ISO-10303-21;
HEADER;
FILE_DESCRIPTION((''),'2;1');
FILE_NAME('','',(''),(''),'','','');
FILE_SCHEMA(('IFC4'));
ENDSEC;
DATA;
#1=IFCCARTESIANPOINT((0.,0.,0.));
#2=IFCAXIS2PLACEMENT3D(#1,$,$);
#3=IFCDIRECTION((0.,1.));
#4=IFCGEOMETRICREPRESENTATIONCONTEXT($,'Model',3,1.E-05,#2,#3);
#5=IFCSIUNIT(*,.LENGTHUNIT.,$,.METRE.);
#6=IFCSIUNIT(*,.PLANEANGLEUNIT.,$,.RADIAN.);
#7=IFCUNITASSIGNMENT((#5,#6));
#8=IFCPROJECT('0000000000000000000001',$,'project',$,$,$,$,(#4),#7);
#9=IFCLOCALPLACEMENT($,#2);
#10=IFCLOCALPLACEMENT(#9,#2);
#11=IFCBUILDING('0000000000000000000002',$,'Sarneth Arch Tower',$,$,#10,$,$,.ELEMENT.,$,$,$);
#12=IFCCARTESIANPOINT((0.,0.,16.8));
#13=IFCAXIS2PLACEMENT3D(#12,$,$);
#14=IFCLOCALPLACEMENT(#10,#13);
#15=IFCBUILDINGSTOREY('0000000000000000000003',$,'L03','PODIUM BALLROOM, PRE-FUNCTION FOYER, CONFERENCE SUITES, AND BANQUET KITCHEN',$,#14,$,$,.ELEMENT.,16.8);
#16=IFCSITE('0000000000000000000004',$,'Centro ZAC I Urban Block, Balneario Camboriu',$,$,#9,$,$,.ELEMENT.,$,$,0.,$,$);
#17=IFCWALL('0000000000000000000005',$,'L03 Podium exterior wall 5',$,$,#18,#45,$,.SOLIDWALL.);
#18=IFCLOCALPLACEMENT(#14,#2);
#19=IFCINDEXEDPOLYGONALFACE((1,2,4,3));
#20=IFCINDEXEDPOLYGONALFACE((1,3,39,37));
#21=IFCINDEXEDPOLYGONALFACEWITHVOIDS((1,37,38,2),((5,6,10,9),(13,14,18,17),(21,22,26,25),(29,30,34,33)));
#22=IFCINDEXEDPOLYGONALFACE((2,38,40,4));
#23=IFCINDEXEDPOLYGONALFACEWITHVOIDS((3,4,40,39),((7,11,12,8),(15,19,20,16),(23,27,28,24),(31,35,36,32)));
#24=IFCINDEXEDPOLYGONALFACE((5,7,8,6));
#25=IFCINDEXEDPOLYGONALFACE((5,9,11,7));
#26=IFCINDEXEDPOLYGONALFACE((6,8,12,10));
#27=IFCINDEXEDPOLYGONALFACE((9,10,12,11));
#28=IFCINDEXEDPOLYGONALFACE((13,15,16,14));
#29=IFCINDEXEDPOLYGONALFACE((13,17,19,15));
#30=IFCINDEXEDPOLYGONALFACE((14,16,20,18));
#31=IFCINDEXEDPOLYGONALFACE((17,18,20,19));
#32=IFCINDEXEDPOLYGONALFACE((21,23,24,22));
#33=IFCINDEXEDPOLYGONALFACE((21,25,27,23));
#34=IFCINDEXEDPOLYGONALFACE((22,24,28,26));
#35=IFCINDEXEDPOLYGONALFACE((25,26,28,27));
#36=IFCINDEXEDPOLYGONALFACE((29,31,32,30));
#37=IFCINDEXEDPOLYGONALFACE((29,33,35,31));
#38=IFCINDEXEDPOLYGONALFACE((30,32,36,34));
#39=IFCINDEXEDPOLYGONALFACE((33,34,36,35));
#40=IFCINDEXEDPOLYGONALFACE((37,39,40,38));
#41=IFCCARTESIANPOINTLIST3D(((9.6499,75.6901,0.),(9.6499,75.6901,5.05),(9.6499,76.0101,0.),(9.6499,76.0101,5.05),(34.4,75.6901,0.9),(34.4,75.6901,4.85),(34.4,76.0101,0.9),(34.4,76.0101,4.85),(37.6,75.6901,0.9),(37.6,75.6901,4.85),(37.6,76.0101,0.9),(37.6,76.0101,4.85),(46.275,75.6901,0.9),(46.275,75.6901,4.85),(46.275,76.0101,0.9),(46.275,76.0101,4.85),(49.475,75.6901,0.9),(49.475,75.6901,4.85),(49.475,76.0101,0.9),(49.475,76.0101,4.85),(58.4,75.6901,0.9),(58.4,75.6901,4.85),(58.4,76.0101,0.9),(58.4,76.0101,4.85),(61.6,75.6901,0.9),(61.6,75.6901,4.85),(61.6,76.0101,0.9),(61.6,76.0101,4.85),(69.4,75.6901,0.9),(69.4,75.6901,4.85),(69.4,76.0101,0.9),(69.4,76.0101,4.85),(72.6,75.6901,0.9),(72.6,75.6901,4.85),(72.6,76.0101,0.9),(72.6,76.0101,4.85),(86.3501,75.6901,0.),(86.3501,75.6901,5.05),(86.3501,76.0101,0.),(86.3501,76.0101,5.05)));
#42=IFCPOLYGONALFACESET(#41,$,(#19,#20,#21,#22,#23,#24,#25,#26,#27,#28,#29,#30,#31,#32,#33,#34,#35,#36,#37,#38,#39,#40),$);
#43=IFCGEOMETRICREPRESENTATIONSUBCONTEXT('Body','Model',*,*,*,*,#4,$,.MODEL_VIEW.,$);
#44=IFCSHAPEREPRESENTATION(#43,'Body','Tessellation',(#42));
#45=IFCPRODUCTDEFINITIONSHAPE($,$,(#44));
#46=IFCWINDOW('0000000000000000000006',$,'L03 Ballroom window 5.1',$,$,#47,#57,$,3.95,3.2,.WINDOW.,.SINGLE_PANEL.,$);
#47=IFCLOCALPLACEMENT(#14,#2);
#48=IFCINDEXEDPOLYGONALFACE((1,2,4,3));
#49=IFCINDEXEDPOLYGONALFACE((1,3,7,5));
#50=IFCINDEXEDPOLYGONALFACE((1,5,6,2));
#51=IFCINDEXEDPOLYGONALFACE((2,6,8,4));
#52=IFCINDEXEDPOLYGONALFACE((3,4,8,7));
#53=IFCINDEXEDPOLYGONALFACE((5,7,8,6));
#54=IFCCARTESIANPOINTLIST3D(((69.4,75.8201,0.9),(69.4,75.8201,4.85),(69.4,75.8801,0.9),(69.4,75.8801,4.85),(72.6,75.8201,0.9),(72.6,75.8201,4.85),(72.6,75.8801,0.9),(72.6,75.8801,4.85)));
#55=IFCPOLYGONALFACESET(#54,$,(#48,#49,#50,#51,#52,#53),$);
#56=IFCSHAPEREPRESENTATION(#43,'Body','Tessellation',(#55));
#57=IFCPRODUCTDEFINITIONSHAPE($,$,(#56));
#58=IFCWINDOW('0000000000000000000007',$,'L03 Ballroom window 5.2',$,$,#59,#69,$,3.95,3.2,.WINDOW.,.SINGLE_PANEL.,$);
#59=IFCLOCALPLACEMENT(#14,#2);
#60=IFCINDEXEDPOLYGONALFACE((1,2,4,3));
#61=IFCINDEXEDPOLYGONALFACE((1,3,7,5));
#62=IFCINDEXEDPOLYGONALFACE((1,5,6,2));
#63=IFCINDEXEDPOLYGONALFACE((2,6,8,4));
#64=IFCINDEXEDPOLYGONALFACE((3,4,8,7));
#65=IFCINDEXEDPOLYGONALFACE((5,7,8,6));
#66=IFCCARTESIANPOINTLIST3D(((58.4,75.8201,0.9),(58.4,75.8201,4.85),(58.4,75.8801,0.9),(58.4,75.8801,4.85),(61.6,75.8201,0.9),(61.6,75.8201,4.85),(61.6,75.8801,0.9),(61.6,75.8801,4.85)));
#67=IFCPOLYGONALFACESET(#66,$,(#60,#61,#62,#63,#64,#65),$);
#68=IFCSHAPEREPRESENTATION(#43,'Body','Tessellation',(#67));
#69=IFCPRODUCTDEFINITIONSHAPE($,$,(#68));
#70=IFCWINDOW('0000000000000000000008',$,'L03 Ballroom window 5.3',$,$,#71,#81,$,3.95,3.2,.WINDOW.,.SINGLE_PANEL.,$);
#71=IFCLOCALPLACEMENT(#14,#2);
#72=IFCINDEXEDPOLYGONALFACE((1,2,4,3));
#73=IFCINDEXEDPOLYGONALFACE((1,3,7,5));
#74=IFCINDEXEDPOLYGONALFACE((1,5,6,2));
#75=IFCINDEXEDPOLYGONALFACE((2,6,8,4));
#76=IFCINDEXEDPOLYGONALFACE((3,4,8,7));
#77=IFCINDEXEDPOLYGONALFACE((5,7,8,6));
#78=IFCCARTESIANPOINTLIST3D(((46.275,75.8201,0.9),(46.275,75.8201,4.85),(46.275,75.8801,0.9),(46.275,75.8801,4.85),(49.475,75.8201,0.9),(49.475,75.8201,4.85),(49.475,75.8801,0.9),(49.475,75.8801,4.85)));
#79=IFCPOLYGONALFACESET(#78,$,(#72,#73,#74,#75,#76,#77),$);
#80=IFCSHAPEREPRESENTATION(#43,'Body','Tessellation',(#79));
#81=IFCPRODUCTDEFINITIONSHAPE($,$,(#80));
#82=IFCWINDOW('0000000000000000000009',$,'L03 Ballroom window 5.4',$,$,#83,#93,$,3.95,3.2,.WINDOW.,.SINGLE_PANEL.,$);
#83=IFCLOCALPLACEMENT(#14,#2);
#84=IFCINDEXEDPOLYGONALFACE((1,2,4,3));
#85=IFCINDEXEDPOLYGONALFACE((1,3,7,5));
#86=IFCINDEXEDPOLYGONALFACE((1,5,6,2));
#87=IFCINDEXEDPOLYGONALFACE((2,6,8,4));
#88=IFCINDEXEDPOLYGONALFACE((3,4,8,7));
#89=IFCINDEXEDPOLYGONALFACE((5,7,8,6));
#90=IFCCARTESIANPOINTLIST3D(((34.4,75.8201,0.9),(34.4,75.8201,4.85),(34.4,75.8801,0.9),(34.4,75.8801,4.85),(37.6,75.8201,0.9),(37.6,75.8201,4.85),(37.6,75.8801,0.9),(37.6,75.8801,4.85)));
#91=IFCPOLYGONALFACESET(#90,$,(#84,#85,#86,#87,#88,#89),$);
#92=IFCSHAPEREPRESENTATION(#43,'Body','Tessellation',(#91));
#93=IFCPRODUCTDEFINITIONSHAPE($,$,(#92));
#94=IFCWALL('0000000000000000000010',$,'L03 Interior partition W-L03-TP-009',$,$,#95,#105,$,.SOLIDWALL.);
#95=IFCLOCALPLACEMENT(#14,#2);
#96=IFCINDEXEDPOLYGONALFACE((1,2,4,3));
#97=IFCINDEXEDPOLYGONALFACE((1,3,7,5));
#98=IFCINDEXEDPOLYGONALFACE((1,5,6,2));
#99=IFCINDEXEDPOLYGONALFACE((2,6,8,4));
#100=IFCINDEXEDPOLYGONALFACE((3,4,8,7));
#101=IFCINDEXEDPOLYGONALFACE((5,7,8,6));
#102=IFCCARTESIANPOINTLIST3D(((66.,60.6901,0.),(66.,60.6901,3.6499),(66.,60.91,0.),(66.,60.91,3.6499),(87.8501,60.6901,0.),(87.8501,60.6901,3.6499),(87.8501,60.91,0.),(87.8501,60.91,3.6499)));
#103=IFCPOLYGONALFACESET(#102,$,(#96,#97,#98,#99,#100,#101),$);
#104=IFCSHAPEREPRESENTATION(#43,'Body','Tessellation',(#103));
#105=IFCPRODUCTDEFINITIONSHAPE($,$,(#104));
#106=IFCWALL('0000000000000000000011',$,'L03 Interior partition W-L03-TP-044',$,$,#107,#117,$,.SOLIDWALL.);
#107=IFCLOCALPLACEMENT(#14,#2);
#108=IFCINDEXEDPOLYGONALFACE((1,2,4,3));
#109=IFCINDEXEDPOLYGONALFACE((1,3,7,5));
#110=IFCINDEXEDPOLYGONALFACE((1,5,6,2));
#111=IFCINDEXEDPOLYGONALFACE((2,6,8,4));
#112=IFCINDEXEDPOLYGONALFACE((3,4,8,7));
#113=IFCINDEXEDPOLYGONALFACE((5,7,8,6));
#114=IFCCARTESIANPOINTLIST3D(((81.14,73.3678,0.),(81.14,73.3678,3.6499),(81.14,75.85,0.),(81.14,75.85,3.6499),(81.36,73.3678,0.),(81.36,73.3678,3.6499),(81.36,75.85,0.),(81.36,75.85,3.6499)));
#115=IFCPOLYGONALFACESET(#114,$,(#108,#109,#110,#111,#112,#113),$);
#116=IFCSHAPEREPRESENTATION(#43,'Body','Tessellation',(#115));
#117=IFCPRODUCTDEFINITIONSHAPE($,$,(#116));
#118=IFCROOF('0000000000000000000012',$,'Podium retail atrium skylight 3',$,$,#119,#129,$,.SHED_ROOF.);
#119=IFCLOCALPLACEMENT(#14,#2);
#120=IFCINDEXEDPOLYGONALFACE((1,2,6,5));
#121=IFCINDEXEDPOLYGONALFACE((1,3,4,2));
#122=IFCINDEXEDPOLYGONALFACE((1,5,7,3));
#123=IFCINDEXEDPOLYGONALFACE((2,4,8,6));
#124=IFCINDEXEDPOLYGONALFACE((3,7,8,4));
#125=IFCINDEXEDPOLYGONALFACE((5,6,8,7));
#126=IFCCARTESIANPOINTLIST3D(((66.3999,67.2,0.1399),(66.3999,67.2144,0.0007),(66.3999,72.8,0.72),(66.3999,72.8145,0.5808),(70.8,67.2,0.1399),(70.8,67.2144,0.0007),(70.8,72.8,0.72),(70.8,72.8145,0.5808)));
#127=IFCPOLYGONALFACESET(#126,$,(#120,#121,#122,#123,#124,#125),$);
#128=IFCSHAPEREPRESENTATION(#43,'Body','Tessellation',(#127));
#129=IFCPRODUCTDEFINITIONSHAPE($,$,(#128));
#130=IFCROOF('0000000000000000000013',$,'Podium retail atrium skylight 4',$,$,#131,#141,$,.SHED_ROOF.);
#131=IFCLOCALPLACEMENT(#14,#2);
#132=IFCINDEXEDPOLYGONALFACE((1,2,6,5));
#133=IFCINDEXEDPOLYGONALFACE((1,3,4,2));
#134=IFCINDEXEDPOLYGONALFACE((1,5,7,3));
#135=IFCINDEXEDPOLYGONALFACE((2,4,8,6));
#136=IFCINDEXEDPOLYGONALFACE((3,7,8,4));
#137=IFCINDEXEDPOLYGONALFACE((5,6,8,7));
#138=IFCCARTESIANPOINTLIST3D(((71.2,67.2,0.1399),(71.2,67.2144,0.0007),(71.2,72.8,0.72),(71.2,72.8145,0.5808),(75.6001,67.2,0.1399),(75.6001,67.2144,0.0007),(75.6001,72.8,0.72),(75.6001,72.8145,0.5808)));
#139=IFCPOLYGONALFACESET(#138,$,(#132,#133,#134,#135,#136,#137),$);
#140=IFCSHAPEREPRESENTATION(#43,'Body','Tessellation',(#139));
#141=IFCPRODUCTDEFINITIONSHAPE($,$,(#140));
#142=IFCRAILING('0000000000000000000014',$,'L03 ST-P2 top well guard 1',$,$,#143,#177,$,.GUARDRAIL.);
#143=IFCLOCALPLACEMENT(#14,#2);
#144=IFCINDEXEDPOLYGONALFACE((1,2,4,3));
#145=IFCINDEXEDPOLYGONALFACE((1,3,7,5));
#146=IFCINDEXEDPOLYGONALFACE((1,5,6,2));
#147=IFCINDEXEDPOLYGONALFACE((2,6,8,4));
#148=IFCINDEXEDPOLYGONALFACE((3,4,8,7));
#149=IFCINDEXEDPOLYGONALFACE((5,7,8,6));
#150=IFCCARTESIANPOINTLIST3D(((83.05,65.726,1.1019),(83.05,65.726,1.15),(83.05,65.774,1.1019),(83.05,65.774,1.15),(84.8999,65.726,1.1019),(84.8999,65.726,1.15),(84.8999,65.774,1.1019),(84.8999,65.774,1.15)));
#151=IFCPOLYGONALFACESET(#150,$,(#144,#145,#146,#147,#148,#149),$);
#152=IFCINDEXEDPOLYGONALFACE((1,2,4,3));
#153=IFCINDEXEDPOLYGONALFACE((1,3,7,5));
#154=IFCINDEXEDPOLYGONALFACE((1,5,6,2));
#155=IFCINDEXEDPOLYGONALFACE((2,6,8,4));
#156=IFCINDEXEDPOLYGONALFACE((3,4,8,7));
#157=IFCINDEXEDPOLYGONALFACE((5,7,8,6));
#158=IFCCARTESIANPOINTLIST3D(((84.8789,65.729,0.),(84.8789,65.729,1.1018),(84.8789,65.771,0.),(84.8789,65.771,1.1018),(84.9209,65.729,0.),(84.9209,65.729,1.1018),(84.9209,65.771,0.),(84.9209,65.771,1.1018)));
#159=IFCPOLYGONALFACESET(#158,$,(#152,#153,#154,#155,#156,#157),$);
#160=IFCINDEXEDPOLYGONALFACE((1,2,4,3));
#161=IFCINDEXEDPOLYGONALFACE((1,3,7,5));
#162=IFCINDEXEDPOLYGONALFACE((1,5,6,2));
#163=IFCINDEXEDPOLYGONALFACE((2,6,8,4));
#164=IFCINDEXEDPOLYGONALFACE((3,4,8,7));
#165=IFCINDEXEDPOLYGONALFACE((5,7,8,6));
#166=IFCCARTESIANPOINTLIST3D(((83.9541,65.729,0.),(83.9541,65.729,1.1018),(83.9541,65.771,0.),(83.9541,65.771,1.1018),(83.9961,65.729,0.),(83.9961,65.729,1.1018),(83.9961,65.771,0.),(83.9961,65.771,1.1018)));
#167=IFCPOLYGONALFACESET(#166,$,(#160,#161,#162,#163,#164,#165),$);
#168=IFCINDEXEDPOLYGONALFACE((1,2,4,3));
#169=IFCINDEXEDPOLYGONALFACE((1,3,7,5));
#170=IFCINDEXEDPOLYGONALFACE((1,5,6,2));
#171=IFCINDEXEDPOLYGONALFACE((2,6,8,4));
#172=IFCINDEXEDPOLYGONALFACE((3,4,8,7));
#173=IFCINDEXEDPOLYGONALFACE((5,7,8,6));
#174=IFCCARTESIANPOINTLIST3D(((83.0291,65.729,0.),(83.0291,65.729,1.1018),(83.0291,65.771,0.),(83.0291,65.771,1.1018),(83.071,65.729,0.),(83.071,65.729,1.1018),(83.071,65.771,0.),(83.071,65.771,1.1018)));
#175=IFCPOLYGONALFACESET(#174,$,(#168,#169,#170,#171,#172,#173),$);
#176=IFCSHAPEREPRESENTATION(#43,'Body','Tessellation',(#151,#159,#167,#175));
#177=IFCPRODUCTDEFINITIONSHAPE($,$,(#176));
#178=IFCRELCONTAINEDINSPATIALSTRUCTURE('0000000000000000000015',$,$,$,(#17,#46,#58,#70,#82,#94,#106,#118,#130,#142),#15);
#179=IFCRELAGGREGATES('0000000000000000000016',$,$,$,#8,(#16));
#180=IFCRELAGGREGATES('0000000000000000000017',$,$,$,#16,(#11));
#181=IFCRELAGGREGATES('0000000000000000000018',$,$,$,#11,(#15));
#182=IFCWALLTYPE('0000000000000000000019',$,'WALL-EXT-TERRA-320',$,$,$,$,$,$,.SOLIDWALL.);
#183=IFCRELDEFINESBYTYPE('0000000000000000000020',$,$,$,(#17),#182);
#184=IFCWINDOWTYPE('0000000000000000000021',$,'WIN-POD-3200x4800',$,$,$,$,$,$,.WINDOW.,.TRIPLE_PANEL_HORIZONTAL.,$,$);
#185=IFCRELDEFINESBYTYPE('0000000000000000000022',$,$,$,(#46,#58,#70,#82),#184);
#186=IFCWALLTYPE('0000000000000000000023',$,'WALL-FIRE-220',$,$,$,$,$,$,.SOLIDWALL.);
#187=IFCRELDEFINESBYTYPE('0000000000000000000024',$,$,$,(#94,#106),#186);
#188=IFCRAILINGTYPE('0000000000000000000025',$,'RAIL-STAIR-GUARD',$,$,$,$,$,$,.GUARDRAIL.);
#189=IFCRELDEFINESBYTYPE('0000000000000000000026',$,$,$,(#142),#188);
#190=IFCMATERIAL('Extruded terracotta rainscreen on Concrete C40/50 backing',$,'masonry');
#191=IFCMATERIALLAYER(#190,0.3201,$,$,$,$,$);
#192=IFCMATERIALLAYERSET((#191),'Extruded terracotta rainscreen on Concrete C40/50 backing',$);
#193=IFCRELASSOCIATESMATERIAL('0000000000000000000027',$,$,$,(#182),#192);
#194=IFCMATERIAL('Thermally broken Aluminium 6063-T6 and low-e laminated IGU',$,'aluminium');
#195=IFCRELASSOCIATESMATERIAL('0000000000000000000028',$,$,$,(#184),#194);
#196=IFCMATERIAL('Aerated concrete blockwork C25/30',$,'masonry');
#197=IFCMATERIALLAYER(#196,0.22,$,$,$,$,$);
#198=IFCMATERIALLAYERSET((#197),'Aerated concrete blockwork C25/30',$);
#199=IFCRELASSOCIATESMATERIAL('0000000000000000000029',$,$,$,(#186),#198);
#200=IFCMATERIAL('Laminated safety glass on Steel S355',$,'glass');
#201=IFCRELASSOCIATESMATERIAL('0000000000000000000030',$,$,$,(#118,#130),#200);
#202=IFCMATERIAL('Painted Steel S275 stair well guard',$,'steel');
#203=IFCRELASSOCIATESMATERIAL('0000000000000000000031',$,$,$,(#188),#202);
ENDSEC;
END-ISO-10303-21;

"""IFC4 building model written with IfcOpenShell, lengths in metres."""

from ifc_helpers import new_model, si_unit, direction, frame, frame_2d, origin, origin_2d, place, context, subcontext, project, spatial, polyline, rectangle, outline, extrude, material, layer, layer_set, type_object, element, fill, save


model = new_model("IFC4")

# Units and contexts
model_context = context("Model", 3, precision=1e-05, world=origin(), true_north=direction((0.0, 1.0)))
body_context = subcontext(model_context, "Body", "Model", "MODEL_VIEW")
ifc_project = project(units=[si_unit("LENGTHUNIT", "METRE"), si_unit("PLANEANGLEUNIT", "RADIAN")], contexts=[model_context])

# Site, building, storey
site_placement = place(None, origin())
site = spatial("IfcSite", under=ifc_project, at=site_placement, Name="Centro ZAC I Urban Block, Balneario Camboriu", CompositionType="ELEMENT", RefElevation=0.0)
building_placement = place(site_placement, origin())
building = spatial("IfcBuilding", under=site, at=building_placement, Name="Sarneth Arch Tower", CompositionType="ELEMENT")
storey_placement = place(building_placement, frame((0.0, 0.0, 16.8)))
storey = spatial("IfcBuildingStorey", under=building, at=storey_placement, Name="L03", Description="PODIUM BALLROOM, PRE-FUNCTION FOYER, CONFERENCE SUITES, AND BANQUET KITCHEN", CompositionType="ELEMENT", Elevation=16.8)

# Wall, openings, windows
ifc_material_1 = material(Name="Extruded terracotta rainscreen on Concrete C40/50 backing", Category="masonry")
ifc_layer_1 = layer(ifc_material_1, 0.3201)
ifc_layer_set_1 = layer_set([ifc_layer_1], Name="Extruded terracotta rainscreen on Concrete C40/50 backing")
wall_type_1 = type_object("IfcWallType", Name="WALL-EXT-TERRA-320", PredefinedType="SOLIDWALL", material=ifc_layer_set_1)
wall_1_placement = place(storey_placement, frame((86.3501, 75.8501, 0.0), z_axis=(0.0, 0.0, 1.0), x_axis=(-1.0, 0.0, 0.0)))
wall_1 = element("IfcWall", 1, at=wall_1_placement, inside=storey, type_object=wall_type_1, Name="L03 Podium exterior wall 5", PredefinedType="SOLIDWALL", context=body_context, shape_type="SweptSolid", body=[
    extrude(rectangle(XDim=76.7002, YDim=0.3201, at=frame_2d((38.3501, 0.0))), origin(), (0.0, 0.0, 1.0), 5.05),
])
opening_1_placement = place(wall_1_placement, frame((13.75, 0.0, 0.8999)))
opening_1 = element("IfcOpeningElement", 2, at=opening_1_placement, cuts=wall_1, PredefinedType="OPENING", context=body_context, shape_type="SweptSolid", body=[
    extrude(rectangle(XDim=3.2, YDim=3.95, at=frame_2d((1.6001, 1.9751))), frame((0.0, 0.1699, 0.0), z_axis=(0.0, -1.0, 0.0), x_axis=(1.0, 0.0, 0.0)), (0.0, 0.0, 1.0), 0.3401),
])
opening_2_placement = place(wall_1_placement, frame((24.75, 0.0, 0.8999)))
opening_2 = element("IfcOpeningElement", 3, at=opening_2_placement, cuts=wall_1, PredefinedType="OPENING", context=body_context, shape_type="SweptSolid", body=[
    extrude(rectangle(XDim=3.2, YDim=3.95, at=frame_2d((1.6001, 1.9751))), frame((0.0, 0.1699, 0.0), z_axis=(0.0, -1.0, 0.0), x_axis=(1.0, 0.0, 0.0)), (0.0, 0.0, 1.0), 0.3401),
])
opening_3_placement = place(wall_1_placement, frame((36.875, 0.0, 0.8999)))
opening_3 = element("IfcOpeningElement", 4, at=opening_3_placement, cuts=wall_1, PredefinedType="OPENING", context=body_context, shape_type="SweptSolid", body=[
    extrude(rectangle(XDim=3.2, YDim=3.95, at=frame_2d((1.6001, 1.9751))), frame((0.0, 0.1699, 0.0), z_axis=(0.0, -1.0, 0.0), x_axis=(1.0, 0.0, 0.0)), (0.0, 0.0, 1.0), 0.3401),
])
opening_4_placement = place(wall_1_placement, frame((48.75, 0.0, 0.8999)))
opening_4 = element("IfcOpeningElement", 5, at=opening_4_placement, cuts=wall_1, PredefinedType="OPENING", context=body_context, shape_type="SweptSolid", body=[
    extrude(rectangle(XDim=3.2, YDim=3.95, at=frame_2d((1.6001, 1.9751))), frame((0.0, 0.1699, 0.0), z_axis=(0.0, -1.0, 0.0), x_axis=(1.0, 0.0, 0.0)), (0.0, 0.0, 1.0), 0.3401),
])
ifc_material_2 = material(Name="Thermally broken Aluminium 6063-T6 and low-e laminated IGU", Category="aluminium")
window_type = type_object("IfcWindowType", Name="WIN-POD-3200x4800", PartitioningType="TRIPLE_PANEL_HORIZONTAL", PredefinedType="WINDOW", material=ifc_material_2)
window_1_placement = place(opening_1_placement, origin())
window_1 = element("IfcWindow", 6, at=window_1_placement, inside=storey, type_object=window_type, Name="L03 Ballroom window 5.1", OverallHeight=3.95, OverallWidth=3.2, PartitioningType="SINGLE_PANEL", PredefinedType="WINDOW", context=body_context, shape_type="SweptSolid", body=[
    extrude(rectangle(XDim=3.2, YDim=3.95, at=frame_2d((1.6001, 1.9751))), frame((0.0, 0.03, 0.0), z_axis=(0.0, -1.0, 0.0), x_axis=(1.0, 0.0, 0.0)), (0.0, 0.0, 1.0), 0.0601),
])
fill(opening_1, window_1)
window_2_placement = place(opening_2_placement, origin())
window_2 = element("IfcWindow", 7, at=window_2_placement, inside=storey, type_object=window_type, Name="L03 Ballroom window 5.2", OverallHeight=3.95, OverallWidth=3.2, PartitioningType="SINGLE_PANEL", PredefinedType="WINDOW", context=body_context, shape_type="SweptSolid", body=[
    extrude(rectangle(XDim=3.2, YDim=3.95, at=frame_2d((1.6001, 1.9751))), frame((0.0, 0.03, 0.0), z_axis=(0.0, -1.0, 0.0), x_axis=(1.0, 0.0, 0.0)), (0.0, 0.0, 1.0), 0.0601),
])
fill(opening_2, window_2)
window_3_placement = place(opening_3_placement, origin())
window_3 = element("IfcWindow", 8, at=window_3_placement, inside=storey, type_object=window_type, Name="L03 Ballroom window 5.3", OverallHeight=3.95, OverallWidth=3.2, PartitioningType="SINGLE_PANEL", PredefinedType="WINDOW", context=body_context, shape_type="SweptSolid", body=[
    extrude(rectangle(XDim=3.2, YDim=3.95, at=frame_2d((1.6001, 1.9751))), frame((0.0, 0.03, 0.0), z_axis=(0.0, -1.0, 0.0), x_axis=(1.0, 0.0, 0.0)), (0.0, 0.0, 1.0), 0.0601),
])
fill(opening_3, window_3)
window_4_placement = place(opening_4_placement, origin())
window_4 = element("IfcWindow", 9, at=window_4_placement, inside=storey, type_object=window_type, Name="L03 Ballroom window 5.4", OverallHeight=3.95, OverallWidth=3.2, PartitioningType="SINGLE_PANEL", PredefinedType="WINDOW", context=body_context, shape_type="SweptSolid", body=[
    extrude(rectangle(XDim=3.2, YDim=3.95, at=frame_2d((1.6001, 1.9751))), frame((0.0, 0.03, 0.0), z_axis=(0.0, -1.0, 0.0), x_axis=(1.0, 0.0, 0.0)), (0.0, 0.0, 1.0), 0.0601),
])
fill(opening_4, window_4)

# Wall
ifc_material_3 = material(Name="Aerated concrete blockwork C25/30", Category="masonry")
ifc_layer_2 = layer(ifc_material_3, 0.22)
ifc_layer_set_2 = layer_set([ifc_layer_2], Name="Aerated concrete blockwork C25/30")
wall_type_2 = type_object("IfcWallType", Name="WALL-FIRE-220", PredefinedType="SOLIDWALL", material=ifc_layer_set_2)
wall_2_placement = place(storey_placement, frame((87.8501, 60.8, 0.0), z_axis=(0.0, 0.0, 1.0), x_axis=(-1.0, 0.0, 0.0)))
element("IfcWall", 10, at=wall_2_placement, inside=storey, type_object=wall_type_2, Name="L03 Interior partition W-L03-TP-009", PredefinedType="SOLIDWALL", context=body_context, shape_type="SweptSolid", body=[
    extrude(rectangle(XDim=21.8501, YDim=0.22, at=frame_2d((10.925, 0.0))), origin(), (0.0, 0.0, 1.0), 3.6499),
])

# Wall
wall_3_placement = place(storey_placement, frame((81.25, 75.8501, 0.0), z_axis=(0.0, 0.0, 1.0), x_axis=(0.0, -1.0, 0.0)))
element("IfcWall", 11, at=wall_3_placement, inside=storey, type_object=wall_type_2, Name="L03 Interior partition W-L03-TP-044", PredefinedType="SOLIDWALL", context=body_context, shape_type="SweptSolid", body=[
    extrude(rectangle(XDim=2.4822, YDim=0.22, at=frame_2d((1.2412, 0.0))), origin(), (0.0, 0.0, 1.0), 3.6499),
])

# Roofs
ifc_material_4 = material(Name="Laminated safety glass on Steel S355", Category="glass")
for number, where, z_axis, x_axis, name in (
    (12, (66.3999, 67.2, 0.1399), (0.0, -0.103032, 0.994678), (1.0, 0.0, 0.0), "Podium retail atrium skylight 3"),
    (13, (71.2, 67.2, 0.1399), (0.0, -0.103032, 0.994678), (1.0, 0.0, 0.0), "Podium retail atrium skylight 4"),
):
    element("IfcRoof", number, at=place(storey_placement, frame(where, z_axis=z_axis, x_axis=x_axis)), inside=storey, material=ifc_material_4, Name=name, PredefinedType="SHED_ROOF", context=body_context, shape_type="SweptSolid", body=[
        extrude(outline(polyline([(0.0, 0.0), (4.4001, 0.0), (4.4001, 5.6301), (0.0, 5.6301), (0.0, 0.0)])), origin(), (0.0, 0.0, -1.0), 0.1399),
    ])

# Railing
ifc_material_5 = material(Name="Painted Steel S275 stair well guard", Category="steel")
railing_type = type_object("IfcRailingType", Name="RAIL-STAIR-GUARD", PredefinedType="GUARDRAIL", material=ifc_material_5)
railing_placement = place(storey_placement, frame((84.8999, 65.75, 0.0)))
element("IfcRailing", 14, at=railing_placement, inside=storey, type_object=railing_type, Name="L03 ST-P2 top well guard 1", PredefinedType="GUARDRAIL", context=body_context, shape_type="SweptSolid", body=[
    extrude(rectangle(XDim=0.0481, YDim=0.0481, at=origin_2d()), frame((0.0, 0.0, 1.126), z_axis=(-1.0, 0.0, 0.0), x_axis=(0.0, -1.0, 0.0)), (0.0, 0.0, 1.0), 1.8499),
    extrude(rectangle(XDim=0.042, YDim=0.042, at=origin_2d()), origin(), (0.0, 0.0, 1.0), 1.1018),
    extrude(rectangle(XDim=0.042, YDim=0.042, at=origin_2d()), frame((-0.9248, 0.0, 0.0)), (0.0, 0.0, 1.0), 1.1018),
    extrude(rectangle(XDim=0.042, YDim=0.042, at=origin_2d()), frame((-1.8499, 0.0, 0.0)), (0.0, 0.0, 1.0), 1.1018),
])

save(model, "model.ifc")
